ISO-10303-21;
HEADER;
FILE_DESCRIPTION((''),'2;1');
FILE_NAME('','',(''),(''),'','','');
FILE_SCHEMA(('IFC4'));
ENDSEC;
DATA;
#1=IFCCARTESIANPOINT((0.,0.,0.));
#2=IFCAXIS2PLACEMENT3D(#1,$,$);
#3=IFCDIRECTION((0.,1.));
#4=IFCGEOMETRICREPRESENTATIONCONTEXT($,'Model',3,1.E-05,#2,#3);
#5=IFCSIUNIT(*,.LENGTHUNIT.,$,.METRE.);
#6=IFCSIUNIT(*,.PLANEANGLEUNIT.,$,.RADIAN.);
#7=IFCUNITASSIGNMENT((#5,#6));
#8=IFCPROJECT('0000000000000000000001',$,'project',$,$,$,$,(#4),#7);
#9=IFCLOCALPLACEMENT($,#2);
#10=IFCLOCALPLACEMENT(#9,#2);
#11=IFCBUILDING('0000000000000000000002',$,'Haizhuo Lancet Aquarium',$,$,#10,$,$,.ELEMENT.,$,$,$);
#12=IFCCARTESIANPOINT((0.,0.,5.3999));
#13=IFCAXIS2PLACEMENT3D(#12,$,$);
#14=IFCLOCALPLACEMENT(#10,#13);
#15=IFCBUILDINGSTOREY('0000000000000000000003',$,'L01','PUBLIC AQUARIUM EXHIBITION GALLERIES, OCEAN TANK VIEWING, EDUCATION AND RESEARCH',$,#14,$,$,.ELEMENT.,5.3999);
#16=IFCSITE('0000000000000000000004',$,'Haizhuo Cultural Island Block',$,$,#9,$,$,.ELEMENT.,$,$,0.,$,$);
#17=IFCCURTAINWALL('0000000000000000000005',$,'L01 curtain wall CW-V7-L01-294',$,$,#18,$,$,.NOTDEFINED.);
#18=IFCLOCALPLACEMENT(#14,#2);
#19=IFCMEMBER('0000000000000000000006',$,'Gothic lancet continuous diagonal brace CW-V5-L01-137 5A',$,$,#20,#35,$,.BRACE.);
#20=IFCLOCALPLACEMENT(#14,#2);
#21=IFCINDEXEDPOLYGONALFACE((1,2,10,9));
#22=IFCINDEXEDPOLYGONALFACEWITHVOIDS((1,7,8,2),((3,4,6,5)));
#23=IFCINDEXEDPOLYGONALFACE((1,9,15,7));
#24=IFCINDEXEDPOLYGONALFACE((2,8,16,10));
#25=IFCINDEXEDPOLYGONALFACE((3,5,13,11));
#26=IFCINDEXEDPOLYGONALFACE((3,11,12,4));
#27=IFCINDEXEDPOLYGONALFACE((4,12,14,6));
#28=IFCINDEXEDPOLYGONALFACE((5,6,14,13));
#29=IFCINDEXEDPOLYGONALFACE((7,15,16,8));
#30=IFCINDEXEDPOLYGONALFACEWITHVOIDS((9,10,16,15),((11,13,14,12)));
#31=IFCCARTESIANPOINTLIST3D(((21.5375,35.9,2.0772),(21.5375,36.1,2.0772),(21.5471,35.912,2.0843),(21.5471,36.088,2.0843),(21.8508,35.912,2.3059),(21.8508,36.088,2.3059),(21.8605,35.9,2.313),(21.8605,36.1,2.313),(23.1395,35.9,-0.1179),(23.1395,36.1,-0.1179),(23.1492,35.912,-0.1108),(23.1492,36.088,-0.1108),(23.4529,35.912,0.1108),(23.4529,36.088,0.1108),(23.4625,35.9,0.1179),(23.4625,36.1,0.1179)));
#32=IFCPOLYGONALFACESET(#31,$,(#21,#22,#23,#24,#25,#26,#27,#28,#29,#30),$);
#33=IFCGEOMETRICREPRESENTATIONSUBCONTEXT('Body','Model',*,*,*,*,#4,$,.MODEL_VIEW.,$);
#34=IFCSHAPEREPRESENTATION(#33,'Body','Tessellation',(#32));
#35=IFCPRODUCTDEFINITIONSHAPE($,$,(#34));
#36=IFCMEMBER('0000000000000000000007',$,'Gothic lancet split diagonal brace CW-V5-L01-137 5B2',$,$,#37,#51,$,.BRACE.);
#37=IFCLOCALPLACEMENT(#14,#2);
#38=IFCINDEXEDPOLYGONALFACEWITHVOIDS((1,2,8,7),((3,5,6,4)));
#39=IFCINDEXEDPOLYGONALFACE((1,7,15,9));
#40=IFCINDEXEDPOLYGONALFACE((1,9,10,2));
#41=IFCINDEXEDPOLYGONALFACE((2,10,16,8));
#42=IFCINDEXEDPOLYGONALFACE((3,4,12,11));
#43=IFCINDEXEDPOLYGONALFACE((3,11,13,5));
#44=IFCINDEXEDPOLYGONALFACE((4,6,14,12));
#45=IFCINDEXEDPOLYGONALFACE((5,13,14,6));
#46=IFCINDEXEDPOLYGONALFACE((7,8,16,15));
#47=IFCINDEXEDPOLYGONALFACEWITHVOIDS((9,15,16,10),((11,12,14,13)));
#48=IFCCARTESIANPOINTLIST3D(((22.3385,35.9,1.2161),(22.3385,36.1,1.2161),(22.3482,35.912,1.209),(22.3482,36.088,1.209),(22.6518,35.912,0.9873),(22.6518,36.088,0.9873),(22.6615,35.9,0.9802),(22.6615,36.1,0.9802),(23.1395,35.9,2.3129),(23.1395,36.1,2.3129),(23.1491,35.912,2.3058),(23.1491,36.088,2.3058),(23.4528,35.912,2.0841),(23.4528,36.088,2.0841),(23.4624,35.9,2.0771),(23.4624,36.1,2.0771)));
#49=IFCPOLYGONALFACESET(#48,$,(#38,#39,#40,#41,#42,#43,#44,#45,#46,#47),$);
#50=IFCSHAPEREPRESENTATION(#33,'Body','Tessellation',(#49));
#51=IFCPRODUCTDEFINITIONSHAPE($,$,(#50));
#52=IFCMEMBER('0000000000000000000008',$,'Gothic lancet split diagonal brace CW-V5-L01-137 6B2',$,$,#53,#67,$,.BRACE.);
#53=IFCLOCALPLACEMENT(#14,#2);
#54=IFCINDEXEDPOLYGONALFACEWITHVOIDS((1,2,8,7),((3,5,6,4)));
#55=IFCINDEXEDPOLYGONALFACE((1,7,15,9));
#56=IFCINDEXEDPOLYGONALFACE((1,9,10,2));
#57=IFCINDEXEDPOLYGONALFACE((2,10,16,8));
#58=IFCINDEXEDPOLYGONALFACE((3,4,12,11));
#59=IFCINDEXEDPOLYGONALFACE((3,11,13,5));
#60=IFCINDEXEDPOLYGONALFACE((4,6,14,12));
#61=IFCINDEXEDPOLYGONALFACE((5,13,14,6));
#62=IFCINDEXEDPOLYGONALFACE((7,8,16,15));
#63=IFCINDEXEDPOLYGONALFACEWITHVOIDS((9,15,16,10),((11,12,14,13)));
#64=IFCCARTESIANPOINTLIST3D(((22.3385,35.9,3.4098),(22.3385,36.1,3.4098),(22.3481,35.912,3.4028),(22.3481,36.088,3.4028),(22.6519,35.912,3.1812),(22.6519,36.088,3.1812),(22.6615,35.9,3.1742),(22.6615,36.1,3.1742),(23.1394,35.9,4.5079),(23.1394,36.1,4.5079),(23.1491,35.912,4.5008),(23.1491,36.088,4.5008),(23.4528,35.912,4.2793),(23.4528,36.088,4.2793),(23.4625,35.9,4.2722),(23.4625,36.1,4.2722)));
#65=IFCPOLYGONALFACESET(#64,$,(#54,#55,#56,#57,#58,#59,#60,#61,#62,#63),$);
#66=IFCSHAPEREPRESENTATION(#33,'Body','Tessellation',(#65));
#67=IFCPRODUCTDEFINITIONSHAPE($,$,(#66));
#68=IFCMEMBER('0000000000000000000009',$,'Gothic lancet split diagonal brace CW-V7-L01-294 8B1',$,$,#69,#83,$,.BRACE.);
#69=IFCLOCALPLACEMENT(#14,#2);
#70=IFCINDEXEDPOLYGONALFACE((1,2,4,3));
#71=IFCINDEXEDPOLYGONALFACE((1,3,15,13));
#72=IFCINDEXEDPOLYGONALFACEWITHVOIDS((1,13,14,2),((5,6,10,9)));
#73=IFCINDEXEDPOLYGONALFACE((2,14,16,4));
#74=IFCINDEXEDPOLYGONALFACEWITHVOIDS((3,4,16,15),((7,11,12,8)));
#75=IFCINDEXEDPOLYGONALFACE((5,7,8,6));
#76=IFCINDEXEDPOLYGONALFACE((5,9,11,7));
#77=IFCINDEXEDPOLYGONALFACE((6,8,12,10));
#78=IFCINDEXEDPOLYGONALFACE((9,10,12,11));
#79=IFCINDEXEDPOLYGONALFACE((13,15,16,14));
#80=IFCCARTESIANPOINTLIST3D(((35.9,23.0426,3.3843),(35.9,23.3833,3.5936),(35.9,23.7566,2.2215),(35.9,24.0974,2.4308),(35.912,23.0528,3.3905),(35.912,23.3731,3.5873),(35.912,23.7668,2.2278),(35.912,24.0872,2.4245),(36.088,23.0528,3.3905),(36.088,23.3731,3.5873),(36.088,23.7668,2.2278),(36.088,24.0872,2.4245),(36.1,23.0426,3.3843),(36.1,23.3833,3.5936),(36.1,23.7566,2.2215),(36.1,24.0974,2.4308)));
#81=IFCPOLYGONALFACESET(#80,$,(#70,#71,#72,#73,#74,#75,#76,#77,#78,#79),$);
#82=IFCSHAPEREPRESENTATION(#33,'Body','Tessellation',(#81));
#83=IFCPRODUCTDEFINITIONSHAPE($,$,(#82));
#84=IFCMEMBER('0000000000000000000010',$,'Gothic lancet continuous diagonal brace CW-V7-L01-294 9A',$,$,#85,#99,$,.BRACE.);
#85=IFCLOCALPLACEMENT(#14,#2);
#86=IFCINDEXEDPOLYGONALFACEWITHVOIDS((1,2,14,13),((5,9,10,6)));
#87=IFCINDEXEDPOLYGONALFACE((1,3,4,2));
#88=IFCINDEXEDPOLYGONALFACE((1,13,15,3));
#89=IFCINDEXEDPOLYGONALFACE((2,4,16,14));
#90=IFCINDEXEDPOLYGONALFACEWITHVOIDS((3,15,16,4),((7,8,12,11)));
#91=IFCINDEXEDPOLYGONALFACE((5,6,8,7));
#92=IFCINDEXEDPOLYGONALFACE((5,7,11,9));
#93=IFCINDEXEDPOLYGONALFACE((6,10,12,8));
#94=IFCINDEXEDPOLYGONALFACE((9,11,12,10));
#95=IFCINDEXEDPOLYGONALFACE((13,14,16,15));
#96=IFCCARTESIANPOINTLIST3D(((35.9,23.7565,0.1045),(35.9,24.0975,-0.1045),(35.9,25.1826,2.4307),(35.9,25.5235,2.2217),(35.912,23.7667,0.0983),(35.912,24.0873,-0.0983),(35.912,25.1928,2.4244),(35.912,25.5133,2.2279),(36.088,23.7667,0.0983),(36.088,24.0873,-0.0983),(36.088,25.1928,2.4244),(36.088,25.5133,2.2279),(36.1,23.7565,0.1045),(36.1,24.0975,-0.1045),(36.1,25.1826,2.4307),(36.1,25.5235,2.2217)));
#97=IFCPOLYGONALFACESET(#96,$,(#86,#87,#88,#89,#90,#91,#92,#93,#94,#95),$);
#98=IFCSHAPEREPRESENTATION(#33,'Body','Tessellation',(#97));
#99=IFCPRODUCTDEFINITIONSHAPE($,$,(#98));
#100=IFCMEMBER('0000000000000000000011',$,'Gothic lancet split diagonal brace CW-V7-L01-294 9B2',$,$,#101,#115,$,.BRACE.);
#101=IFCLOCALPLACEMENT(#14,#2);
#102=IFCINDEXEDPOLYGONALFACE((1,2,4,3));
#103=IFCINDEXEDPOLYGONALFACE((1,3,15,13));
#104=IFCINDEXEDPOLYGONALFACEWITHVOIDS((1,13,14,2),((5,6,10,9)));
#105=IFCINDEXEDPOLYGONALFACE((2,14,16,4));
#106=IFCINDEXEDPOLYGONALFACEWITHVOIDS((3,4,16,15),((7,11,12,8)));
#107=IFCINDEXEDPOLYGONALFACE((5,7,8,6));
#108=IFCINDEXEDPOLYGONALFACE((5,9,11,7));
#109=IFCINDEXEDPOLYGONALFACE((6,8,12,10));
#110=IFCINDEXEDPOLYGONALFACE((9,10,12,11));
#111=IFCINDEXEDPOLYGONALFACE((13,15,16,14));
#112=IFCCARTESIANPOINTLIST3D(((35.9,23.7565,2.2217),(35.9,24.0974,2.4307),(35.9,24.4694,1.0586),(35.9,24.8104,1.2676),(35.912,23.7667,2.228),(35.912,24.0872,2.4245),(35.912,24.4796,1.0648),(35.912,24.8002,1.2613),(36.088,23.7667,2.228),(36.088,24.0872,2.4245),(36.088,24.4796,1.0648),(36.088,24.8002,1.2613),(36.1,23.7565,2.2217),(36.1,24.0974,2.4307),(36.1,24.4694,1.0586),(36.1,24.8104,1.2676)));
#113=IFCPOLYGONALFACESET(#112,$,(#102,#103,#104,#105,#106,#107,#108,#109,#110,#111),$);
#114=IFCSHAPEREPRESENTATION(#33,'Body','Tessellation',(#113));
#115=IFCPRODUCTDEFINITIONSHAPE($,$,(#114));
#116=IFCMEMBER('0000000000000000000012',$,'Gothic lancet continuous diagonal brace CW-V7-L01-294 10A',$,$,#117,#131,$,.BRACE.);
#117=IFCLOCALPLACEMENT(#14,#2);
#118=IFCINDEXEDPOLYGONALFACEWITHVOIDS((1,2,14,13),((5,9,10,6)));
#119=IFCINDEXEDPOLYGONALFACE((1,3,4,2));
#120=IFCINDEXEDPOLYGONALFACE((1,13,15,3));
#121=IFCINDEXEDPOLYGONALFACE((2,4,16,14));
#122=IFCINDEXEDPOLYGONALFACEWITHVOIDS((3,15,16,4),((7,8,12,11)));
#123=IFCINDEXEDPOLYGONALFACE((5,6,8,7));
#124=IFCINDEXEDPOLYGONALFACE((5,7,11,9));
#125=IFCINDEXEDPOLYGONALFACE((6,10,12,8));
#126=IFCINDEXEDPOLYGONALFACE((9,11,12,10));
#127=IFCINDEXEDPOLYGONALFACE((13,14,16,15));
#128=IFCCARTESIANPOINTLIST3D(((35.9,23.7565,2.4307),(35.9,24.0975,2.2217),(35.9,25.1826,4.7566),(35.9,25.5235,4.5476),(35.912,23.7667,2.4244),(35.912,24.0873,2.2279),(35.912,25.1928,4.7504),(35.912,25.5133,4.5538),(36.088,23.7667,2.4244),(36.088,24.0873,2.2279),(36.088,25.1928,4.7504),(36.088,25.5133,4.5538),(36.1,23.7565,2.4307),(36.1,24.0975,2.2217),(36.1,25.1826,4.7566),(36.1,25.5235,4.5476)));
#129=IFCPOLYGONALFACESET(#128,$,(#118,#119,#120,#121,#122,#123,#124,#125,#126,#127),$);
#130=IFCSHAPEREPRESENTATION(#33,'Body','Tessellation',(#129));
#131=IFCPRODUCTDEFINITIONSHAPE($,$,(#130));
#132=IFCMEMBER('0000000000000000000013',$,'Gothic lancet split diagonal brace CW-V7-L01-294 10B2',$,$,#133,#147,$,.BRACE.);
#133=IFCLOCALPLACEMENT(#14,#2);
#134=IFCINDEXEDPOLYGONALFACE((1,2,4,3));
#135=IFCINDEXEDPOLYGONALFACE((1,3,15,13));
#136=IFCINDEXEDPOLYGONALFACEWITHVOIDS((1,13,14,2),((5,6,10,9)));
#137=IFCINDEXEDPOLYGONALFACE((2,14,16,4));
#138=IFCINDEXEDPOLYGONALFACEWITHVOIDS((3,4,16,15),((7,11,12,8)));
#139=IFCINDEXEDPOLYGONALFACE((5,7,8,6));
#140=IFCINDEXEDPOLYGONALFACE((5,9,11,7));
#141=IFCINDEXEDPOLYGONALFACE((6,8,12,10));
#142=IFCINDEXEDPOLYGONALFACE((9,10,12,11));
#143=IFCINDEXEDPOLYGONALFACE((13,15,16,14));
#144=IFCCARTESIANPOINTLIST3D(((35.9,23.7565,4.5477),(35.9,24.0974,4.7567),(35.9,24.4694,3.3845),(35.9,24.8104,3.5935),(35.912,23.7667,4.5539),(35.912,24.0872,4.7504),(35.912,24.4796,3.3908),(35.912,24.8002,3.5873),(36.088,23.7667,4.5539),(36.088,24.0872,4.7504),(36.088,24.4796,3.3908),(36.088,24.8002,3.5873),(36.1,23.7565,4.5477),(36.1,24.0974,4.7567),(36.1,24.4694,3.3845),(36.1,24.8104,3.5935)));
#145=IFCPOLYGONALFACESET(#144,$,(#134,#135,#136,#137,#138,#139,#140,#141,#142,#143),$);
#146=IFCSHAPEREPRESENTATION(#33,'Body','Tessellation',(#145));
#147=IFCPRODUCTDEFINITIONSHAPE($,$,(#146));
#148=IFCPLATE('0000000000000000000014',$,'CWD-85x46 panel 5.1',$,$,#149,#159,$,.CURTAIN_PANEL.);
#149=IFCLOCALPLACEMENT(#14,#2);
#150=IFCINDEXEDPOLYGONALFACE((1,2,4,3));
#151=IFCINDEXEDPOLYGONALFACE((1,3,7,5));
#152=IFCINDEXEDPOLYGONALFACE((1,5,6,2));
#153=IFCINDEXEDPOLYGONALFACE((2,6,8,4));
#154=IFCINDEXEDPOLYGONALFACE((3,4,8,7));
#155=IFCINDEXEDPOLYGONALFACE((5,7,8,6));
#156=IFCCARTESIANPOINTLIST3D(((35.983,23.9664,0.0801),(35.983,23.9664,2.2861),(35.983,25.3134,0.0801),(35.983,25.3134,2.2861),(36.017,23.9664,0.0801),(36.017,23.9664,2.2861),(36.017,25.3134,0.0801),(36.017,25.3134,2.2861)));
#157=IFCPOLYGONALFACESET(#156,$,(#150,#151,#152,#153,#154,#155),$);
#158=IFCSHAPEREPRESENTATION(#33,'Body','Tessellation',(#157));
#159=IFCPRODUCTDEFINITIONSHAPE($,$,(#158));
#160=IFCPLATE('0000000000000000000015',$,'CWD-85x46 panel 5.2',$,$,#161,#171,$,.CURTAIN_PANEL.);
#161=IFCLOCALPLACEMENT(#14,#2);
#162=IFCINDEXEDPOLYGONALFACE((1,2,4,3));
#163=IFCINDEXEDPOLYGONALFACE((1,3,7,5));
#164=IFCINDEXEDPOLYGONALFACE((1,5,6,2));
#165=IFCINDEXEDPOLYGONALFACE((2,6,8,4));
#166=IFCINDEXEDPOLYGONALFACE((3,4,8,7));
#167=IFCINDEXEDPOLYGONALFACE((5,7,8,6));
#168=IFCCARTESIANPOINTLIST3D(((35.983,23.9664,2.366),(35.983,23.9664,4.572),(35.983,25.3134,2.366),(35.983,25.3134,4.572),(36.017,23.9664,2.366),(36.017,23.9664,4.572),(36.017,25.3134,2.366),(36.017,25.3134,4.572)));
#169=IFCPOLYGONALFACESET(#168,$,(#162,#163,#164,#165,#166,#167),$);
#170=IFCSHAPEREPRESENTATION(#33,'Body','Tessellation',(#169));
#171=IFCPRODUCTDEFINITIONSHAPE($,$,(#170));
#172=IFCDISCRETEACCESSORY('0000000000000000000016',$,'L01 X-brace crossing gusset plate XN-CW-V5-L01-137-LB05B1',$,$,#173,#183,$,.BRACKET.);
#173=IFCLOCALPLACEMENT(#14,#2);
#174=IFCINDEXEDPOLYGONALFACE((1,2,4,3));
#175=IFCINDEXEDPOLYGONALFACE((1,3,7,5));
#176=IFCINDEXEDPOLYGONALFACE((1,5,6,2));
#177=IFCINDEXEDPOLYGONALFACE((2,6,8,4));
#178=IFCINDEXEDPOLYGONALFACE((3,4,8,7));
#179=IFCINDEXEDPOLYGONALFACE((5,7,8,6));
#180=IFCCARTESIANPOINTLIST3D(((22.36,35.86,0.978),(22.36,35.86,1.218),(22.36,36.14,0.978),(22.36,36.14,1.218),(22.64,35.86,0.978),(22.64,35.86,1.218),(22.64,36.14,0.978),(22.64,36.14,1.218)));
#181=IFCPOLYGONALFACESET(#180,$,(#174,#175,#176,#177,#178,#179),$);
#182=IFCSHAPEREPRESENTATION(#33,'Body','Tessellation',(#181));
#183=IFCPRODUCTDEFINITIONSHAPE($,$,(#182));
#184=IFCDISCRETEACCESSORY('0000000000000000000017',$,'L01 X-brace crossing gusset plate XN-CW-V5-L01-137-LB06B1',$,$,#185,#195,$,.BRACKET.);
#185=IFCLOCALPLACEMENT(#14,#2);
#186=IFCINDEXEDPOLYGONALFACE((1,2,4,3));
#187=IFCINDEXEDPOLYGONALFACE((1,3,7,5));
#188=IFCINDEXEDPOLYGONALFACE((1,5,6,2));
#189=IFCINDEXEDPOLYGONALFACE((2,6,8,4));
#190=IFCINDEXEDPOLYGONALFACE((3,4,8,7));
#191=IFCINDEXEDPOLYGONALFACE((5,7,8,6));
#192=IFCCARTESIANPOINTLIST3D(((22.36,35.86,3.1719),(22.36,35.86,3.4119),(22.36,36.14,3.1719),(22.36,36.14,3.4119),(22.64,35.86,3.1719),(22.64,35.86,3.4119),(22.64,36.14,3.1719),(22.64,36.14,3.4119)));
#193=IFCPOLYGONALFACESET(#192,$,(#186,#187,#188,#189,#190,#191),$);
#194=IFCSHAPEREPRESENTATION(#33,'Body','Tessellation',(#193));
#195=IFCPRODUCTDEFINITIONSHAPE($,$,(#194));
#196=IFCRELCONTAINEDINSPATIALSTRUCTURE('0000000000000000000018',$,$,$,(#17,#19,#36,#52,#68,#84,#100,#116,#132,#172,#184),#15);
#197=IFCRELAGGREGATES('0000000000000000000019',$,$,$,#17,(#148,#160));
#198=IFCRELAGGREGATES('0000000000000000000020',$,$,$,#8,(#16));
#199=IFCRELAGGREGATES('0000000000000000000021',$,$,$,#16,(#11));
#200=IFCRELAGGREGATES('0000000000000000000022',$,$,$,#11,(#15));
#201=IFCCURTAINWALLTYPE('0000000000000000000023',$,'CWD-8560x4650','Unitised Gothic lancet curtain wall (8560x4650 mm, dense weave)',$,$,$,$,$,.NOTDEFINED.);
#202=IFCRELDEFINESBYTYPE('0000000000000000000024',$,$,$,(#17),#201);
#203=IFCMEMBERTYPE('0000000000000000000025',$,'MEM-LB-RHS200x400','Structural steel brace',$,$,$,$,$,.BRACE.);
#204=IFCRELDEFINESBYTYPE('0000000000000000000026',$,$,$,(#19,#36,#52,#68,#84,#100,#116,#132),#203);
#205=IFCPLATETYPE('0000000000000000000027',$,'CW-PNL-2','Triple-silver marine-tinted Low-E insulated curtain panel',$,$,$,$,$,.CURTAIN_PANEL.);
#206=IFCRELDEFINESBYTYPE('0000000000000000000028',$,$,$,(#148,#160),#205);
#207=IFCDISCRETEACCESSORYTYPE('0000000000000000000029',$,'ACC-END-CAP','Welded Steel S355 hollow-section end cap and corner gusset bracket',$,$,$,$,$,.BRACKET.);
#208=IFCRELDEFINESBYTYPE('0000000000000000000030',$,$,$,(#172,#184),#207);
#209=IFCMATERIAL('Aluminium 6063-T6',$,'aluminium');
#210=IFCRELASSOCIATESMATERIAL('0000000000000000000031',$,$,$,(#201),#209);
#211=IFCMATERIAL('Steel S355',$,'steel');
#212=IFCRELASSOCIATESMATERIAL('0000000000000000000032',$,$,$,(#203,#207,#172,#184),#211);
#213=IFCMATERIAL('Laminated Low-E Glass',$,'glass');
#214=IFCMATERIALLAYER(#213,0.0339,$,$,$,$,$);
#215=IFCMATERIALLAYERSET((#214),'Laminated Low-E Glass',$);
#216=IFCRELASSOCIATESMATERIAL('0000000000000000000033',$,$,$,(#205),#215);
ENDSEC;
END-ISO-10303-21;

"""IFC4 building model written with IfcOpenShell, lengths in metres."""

from ifc_helpers import new_model, si_unit, direction, frame, origin, origin_2d, place, context, subcontext, project, spatial, rectangle, hollow_rectangle, extrude, material, layer, layer_set, material_profile, profile_set, type_object, element, aggregate, save


model = new_model("IFC4")

# Units and contexts
model_context = context("Model", 3, precision=1e-05, world=origin(), true_north=direction((0.0, 1.0)))
body_context = subcontext(model_context, "Body", "Model", "MODEL_VIEW")
ifc_project = project(units=[si_unit("LENGTHUNIT", "METRE"), si_unit("PLANEANGLEUNIT", "RADIAN")], contexts=[model_context])

# Site, building, storey
site_placement = place(None, origin())
site = spatial("IfcSite", under=ifc_project, at=site_placement, Name="Haizhuo Cultural Island Block", CompositionType="ELEMENT", RefElevation=0.0)
building_placement = place(site_placement, origin())
building = spatial("IfcBuilding", under=site, at=building_placement, Name="Haizhuo Lancet Aquarium", CompositionType="ELEMENT")
storey_placement = place(building_placement, frame((0.0, 0.0, 5.3999)))
storey = spatial("IfcBuildingStorey", under=building, at=storey_placement, Name="L01", Description="PUBLIC AQUARIUM EXHIBITION GALLERIES, OCEAN TANK VIEWING, EDUCATION AND RESEARCH", CompositionType="ELEMENT", Elevation=5.3999)

# Curtain wall
ifc_material_1 = material(Name="Aluminium 6063-T6", Category="aluminium")
curtain_wall_type_1 = type_object("IfcCurtainWallType", Name="CWD-8560x4650", Description="Unitised Gothic lancet curtain wall (8560x4650 mm, dense weave)", PredefinedType="NOTDEFINED", material=ifc_material_1)
curtain_wall_1_placement = place(storey_placement, origin())
curtain_wall_1 = element("IfcCurtainWall", 1, at=curtain_wall_1_placement, inside=storey, type_object=curtain_wall_type_1, Name="L01 curtain wall CW-V7-L01-294", PredefinedType="NOTDEFINED")

# Members
ifc_material_2 = material(Name="Steel S355", Category="steel")
ifc_material_profile_1 = material_profile(ifc_material_2, hollow_rectangle(XDim=0.2, YDim=0.3999, WallThickness=0.012, at=origin_2d()), Name="RHS 200x400x12")
ifc_profile_set_1 = profile_set([ifc_material_profile_1], Name="Steel S355")
member_type_1 = type_object("IfcMemberType", Name="MEM-LB-RHS200x400", Description="Structural steel brace", PredefinedType="BRACE", material=ifc_profile_set_1)
member_1_placement = place(storey_placement, frame((23.301, 36.0, 0.0), z_axis=(-0.589528, 0.0, 0.807748), x_axis=(0.0, -1.0, 0.0)))
element("IfcMember", 2, at=member_1_placement, inside=storey, type_object=member_type_1, Name="Gothic lancet continuous diagonal brace CW-V5-L01-137 5A", PredefinedType="BRACE", context=body_context, shape_type="SweptSolid", body=[
    extrude(hollow_rectangle(XDim=0.2, YDim=0.3999, WallThickness=0.012, at=origin_2d()), origin(), (0.0, 0.0, 1.0), 2.7175),
])
member_2_placement = place(storey_placement, frame((22.5, 36.0, 1.0981), z_axis=(0.589742, 0.0, 0.807592), x_axis=(0.0, 1.0, 0.0)))
element("IfcMember", 3, at=member_2_placement, inside=storey, type_object=member_type_1, Name="Gothic lancet split diagonal brace CW-V5-L01-137 5B2", PredefinedType="BRACE", context=body_context, shape_type="SweptSolid", body=[
    extrude(hollow_rectangle(XDim=0.2, YDim=0.3999, WallThickness=0.012, at=origin_2d()), origin(), (0.0, 0.0, 1.0), 1.3582),
])
member_3_placement = place(storey_placement, frame((22.5, 36.0, 3.292), z_axis=(0.589314, 0.0, 0.807904), x_axis=(0.0, 1.0, 0.0)))
element("IfcMember", 4, at=member_3_placement, inside=storey, type_object=member_type_1, Name="Gothic lancet split diagonal brace CW-V5-L01-137 6B2", PredefinedType="BRACE", context=body_context, shape_type="SweptSolid", body=[
    extrude(hollow_rectangle(XDim=0.2, YDim=0.3999, WallThickness=0.012, at=origin_2d()), origin(), (0.0, 0.0, 1.0), 1.3591),
])
member_4_placement = place(storey_placement, frame((36.0, 23.927, 2.3262), z_axis=(0.0, -0.523309, 0.852143), x_axis=(1.0, 0.0, 0.0)))
element("IfcMember", 5, at=member_4_placement, inside=storey, type_object=member_type_1, Name="Gothic lancet split diagonal brace CW-V7-L01-294 8B1", PredefinedType="BRACE", context=body_context, shape_type="SweptSolid", body=[
    extrude(hollow_rectangle(XDim=0.2, YDim=0.3999, WallThickness=0.012, at=origin_2d()), origin(), (0.0, 0.0, 1.0), 1.3645),
])
member_5_placement = place(storey_placement, frame((36.0, 23.927, 0.0), z_axis=(0.0, 0.522644, 0.852551), x_axis=(-1.0, 0.0, 0.0)))
element("IfcMember", 6, at=member_5_placement, inside=storey, type_object=member_type_1, Name="Gothic lancet continuous diagonal brace CW-V7-L01-294 9A", PredefinedType="BRACE", context=body_context, shape_type="SweptSolid", body=[
    extrude(hollow_rectangle(XDim=0.2, YDim=0.3999, WallThickness=0.012, at=origin_2d()), origin(), (0.0, 0.0, 1.0), 2.7285),
])
member_6_placement = place(storey_placement, frame((36.0, 24.6399, 1.1631), z_axis=(0.0, -0.522579, 0.852591), x_axis=(1.0, 0.0, 0.0)))
element("IfcMember", 7, at=member_6_placement, inside=storey, type_object=member_type_1, Name="Gothic lancet split diagonal brace CW-V7-L01-294 9B2", PredefinedType="BRACE", context=body_context, shape_type="SweptSolid", body=[
    extrude(hollow_rectangle(XDim=0.2, YDim=0.3999, WallThickness=0.012, at=origin_2d()), origin(), (0.0, 0.0, 1.0), 1.3643),
])
member_7_placement = place(storey_placement, frame((36.0, 23.927, 2.3262), z_axis=(0.0, 0.522684, 0.852527), x_axis=(-1.0, 0.0, 0.0)))
element("IfcMember", 8, at=member_7_placement, inside=storey, type_object=member_type_1, Name="Gothic lancet continuous diagonal brace CW-V7-L01-294 10A", PredefinedType="BRACE", context=body_context, shape_type="SweptSolid", body=[
    extrude(hollow_rectangle(XDim=0.2, YDim=0.3999, WallThickness=0.012, at=origin_2d()), origin(), (0.0, 0.0, 1.0), 2.7283),
])
member_8_placement = place(storey_placement, frame((36.0, 24.6399, 3.489), z_axis=(0.0, -0.522579, 0.852591), x_axis=(1.0, 0.0, 0.0)))
element("IfcMember", 9, at=member_8_placement, inside=storey, type_object=member_type_1, Name="Gothic lancet split diagonal brace CW-V7-L01-294 10B2", PredefinedType="BRACE", context=body_context, shape_type="SweptSolid", body=[
    extrude(hollow_rectangle(XDim=0.2, YDim=0.3999, WallThickness=0.012, at=origin_2d()), origin(), (0.0, 0.0, 1.0), 1.3643),
])

# Plates
ifc_material_3 = material(Name="Laminated Low-E Glass", Category="glass")
ifc_layer = layer(ifc_material_3, 0.0339)
ifc_layer_set = layer_set([ifc_layer], Name="Laminated Low-E Glass")
plate_type = type_object("IfcPlateType", Name="CW-PNL-2", Description="Triple-silver marine-tinted Low-E insulated curtain panel", PredefinedType="CURTAIN_PANEL", material=ifc_layer_set)
plate_1_placement = place(storey_placement, frame((36.0, 24.6399, 0.0801), z_axis=(0.0, 0.0, 1.0), x_axis=(0.0, 1.0, 0.0)))
plate_1 = element("IfcPlate", 10, at=plate_1_placement, type_object=plate_type, Name="CWD-85x46 panel 5.1", PredefinedType="CURTAIN_PANEL", context=body_context, shape_type="SweptSolid", body=[
    extrude(rectangle(XDim=1.3469, YDim=0.0339, at=origin_2d()), origin(), (0.0, 0.0, 1.0), 2.2061),
])
plate_2_placement = place(storey_placement, frame((36.0, 24.6399, 2.366), z_axis=(0.0, 0.0, 1.0), x_axis=(0.0, 1.0, 0.0)))
plate_2 = element("IfcPlate", 11, at=plate_2_placement, type_object=plate_type, Name="CWD-85x46 panel 5.2", PredefinedType="CURTAIN_PANEL", context=body_context, shape_type="SweptSolid", body=[
    extrude(rectangle(XDim=1.3469, YDim=0.0339, at=origin_2d()), origin(), (0.0, 0.0, 1.0), 2.2061),
])
aggregate(curtain_wall_1, [plate_1, plate_2])

# Discrete accessories
discrete_accessory_type = type_object("IfcDiscreteAccessoryType", Name="ACC-END-CAP", Description="Welded Steel S355 hollow-section end cap and corner gusset bracket", PredefinedType="BRACKET", material=ifc_material_2)
for number, where, z_axis, x_axis, name in (
    (12, (22.5, 36.0, 0.978), (0.0, 0.0, 1.0), (1.0, 0.0, 0.0), "L01 X-brace crossing gusset plate XN-CW-V5-L01-137-LB05B1"),
    (13, (22.5, 36.0, 3.1719), (0.0, 0.0, 1.0), (1.0, 0.0, 0.0), "L01 X-brace crossing gusset plate XN-CW-V5-L01-137-LB06B1"),
):
    element("IfcDiscreteAccessory", number, at=place(storey_placement, frame(where, z_axis=z_axis, x_axis=x_axis)), inside=storey, type_object=discrete_accessory_type, material=ifc_material_2, Name=name, PredefinedType="BRACKET", context=body_context, shape_type="SweptSolid", body=[
        extrude(rectangle(XDim=0.28, YDim=0.28, at=origin_2d()), origin(), (0.0, 0.0, 1.0), 0.24),
    ])

save(model, "model.ifc")
